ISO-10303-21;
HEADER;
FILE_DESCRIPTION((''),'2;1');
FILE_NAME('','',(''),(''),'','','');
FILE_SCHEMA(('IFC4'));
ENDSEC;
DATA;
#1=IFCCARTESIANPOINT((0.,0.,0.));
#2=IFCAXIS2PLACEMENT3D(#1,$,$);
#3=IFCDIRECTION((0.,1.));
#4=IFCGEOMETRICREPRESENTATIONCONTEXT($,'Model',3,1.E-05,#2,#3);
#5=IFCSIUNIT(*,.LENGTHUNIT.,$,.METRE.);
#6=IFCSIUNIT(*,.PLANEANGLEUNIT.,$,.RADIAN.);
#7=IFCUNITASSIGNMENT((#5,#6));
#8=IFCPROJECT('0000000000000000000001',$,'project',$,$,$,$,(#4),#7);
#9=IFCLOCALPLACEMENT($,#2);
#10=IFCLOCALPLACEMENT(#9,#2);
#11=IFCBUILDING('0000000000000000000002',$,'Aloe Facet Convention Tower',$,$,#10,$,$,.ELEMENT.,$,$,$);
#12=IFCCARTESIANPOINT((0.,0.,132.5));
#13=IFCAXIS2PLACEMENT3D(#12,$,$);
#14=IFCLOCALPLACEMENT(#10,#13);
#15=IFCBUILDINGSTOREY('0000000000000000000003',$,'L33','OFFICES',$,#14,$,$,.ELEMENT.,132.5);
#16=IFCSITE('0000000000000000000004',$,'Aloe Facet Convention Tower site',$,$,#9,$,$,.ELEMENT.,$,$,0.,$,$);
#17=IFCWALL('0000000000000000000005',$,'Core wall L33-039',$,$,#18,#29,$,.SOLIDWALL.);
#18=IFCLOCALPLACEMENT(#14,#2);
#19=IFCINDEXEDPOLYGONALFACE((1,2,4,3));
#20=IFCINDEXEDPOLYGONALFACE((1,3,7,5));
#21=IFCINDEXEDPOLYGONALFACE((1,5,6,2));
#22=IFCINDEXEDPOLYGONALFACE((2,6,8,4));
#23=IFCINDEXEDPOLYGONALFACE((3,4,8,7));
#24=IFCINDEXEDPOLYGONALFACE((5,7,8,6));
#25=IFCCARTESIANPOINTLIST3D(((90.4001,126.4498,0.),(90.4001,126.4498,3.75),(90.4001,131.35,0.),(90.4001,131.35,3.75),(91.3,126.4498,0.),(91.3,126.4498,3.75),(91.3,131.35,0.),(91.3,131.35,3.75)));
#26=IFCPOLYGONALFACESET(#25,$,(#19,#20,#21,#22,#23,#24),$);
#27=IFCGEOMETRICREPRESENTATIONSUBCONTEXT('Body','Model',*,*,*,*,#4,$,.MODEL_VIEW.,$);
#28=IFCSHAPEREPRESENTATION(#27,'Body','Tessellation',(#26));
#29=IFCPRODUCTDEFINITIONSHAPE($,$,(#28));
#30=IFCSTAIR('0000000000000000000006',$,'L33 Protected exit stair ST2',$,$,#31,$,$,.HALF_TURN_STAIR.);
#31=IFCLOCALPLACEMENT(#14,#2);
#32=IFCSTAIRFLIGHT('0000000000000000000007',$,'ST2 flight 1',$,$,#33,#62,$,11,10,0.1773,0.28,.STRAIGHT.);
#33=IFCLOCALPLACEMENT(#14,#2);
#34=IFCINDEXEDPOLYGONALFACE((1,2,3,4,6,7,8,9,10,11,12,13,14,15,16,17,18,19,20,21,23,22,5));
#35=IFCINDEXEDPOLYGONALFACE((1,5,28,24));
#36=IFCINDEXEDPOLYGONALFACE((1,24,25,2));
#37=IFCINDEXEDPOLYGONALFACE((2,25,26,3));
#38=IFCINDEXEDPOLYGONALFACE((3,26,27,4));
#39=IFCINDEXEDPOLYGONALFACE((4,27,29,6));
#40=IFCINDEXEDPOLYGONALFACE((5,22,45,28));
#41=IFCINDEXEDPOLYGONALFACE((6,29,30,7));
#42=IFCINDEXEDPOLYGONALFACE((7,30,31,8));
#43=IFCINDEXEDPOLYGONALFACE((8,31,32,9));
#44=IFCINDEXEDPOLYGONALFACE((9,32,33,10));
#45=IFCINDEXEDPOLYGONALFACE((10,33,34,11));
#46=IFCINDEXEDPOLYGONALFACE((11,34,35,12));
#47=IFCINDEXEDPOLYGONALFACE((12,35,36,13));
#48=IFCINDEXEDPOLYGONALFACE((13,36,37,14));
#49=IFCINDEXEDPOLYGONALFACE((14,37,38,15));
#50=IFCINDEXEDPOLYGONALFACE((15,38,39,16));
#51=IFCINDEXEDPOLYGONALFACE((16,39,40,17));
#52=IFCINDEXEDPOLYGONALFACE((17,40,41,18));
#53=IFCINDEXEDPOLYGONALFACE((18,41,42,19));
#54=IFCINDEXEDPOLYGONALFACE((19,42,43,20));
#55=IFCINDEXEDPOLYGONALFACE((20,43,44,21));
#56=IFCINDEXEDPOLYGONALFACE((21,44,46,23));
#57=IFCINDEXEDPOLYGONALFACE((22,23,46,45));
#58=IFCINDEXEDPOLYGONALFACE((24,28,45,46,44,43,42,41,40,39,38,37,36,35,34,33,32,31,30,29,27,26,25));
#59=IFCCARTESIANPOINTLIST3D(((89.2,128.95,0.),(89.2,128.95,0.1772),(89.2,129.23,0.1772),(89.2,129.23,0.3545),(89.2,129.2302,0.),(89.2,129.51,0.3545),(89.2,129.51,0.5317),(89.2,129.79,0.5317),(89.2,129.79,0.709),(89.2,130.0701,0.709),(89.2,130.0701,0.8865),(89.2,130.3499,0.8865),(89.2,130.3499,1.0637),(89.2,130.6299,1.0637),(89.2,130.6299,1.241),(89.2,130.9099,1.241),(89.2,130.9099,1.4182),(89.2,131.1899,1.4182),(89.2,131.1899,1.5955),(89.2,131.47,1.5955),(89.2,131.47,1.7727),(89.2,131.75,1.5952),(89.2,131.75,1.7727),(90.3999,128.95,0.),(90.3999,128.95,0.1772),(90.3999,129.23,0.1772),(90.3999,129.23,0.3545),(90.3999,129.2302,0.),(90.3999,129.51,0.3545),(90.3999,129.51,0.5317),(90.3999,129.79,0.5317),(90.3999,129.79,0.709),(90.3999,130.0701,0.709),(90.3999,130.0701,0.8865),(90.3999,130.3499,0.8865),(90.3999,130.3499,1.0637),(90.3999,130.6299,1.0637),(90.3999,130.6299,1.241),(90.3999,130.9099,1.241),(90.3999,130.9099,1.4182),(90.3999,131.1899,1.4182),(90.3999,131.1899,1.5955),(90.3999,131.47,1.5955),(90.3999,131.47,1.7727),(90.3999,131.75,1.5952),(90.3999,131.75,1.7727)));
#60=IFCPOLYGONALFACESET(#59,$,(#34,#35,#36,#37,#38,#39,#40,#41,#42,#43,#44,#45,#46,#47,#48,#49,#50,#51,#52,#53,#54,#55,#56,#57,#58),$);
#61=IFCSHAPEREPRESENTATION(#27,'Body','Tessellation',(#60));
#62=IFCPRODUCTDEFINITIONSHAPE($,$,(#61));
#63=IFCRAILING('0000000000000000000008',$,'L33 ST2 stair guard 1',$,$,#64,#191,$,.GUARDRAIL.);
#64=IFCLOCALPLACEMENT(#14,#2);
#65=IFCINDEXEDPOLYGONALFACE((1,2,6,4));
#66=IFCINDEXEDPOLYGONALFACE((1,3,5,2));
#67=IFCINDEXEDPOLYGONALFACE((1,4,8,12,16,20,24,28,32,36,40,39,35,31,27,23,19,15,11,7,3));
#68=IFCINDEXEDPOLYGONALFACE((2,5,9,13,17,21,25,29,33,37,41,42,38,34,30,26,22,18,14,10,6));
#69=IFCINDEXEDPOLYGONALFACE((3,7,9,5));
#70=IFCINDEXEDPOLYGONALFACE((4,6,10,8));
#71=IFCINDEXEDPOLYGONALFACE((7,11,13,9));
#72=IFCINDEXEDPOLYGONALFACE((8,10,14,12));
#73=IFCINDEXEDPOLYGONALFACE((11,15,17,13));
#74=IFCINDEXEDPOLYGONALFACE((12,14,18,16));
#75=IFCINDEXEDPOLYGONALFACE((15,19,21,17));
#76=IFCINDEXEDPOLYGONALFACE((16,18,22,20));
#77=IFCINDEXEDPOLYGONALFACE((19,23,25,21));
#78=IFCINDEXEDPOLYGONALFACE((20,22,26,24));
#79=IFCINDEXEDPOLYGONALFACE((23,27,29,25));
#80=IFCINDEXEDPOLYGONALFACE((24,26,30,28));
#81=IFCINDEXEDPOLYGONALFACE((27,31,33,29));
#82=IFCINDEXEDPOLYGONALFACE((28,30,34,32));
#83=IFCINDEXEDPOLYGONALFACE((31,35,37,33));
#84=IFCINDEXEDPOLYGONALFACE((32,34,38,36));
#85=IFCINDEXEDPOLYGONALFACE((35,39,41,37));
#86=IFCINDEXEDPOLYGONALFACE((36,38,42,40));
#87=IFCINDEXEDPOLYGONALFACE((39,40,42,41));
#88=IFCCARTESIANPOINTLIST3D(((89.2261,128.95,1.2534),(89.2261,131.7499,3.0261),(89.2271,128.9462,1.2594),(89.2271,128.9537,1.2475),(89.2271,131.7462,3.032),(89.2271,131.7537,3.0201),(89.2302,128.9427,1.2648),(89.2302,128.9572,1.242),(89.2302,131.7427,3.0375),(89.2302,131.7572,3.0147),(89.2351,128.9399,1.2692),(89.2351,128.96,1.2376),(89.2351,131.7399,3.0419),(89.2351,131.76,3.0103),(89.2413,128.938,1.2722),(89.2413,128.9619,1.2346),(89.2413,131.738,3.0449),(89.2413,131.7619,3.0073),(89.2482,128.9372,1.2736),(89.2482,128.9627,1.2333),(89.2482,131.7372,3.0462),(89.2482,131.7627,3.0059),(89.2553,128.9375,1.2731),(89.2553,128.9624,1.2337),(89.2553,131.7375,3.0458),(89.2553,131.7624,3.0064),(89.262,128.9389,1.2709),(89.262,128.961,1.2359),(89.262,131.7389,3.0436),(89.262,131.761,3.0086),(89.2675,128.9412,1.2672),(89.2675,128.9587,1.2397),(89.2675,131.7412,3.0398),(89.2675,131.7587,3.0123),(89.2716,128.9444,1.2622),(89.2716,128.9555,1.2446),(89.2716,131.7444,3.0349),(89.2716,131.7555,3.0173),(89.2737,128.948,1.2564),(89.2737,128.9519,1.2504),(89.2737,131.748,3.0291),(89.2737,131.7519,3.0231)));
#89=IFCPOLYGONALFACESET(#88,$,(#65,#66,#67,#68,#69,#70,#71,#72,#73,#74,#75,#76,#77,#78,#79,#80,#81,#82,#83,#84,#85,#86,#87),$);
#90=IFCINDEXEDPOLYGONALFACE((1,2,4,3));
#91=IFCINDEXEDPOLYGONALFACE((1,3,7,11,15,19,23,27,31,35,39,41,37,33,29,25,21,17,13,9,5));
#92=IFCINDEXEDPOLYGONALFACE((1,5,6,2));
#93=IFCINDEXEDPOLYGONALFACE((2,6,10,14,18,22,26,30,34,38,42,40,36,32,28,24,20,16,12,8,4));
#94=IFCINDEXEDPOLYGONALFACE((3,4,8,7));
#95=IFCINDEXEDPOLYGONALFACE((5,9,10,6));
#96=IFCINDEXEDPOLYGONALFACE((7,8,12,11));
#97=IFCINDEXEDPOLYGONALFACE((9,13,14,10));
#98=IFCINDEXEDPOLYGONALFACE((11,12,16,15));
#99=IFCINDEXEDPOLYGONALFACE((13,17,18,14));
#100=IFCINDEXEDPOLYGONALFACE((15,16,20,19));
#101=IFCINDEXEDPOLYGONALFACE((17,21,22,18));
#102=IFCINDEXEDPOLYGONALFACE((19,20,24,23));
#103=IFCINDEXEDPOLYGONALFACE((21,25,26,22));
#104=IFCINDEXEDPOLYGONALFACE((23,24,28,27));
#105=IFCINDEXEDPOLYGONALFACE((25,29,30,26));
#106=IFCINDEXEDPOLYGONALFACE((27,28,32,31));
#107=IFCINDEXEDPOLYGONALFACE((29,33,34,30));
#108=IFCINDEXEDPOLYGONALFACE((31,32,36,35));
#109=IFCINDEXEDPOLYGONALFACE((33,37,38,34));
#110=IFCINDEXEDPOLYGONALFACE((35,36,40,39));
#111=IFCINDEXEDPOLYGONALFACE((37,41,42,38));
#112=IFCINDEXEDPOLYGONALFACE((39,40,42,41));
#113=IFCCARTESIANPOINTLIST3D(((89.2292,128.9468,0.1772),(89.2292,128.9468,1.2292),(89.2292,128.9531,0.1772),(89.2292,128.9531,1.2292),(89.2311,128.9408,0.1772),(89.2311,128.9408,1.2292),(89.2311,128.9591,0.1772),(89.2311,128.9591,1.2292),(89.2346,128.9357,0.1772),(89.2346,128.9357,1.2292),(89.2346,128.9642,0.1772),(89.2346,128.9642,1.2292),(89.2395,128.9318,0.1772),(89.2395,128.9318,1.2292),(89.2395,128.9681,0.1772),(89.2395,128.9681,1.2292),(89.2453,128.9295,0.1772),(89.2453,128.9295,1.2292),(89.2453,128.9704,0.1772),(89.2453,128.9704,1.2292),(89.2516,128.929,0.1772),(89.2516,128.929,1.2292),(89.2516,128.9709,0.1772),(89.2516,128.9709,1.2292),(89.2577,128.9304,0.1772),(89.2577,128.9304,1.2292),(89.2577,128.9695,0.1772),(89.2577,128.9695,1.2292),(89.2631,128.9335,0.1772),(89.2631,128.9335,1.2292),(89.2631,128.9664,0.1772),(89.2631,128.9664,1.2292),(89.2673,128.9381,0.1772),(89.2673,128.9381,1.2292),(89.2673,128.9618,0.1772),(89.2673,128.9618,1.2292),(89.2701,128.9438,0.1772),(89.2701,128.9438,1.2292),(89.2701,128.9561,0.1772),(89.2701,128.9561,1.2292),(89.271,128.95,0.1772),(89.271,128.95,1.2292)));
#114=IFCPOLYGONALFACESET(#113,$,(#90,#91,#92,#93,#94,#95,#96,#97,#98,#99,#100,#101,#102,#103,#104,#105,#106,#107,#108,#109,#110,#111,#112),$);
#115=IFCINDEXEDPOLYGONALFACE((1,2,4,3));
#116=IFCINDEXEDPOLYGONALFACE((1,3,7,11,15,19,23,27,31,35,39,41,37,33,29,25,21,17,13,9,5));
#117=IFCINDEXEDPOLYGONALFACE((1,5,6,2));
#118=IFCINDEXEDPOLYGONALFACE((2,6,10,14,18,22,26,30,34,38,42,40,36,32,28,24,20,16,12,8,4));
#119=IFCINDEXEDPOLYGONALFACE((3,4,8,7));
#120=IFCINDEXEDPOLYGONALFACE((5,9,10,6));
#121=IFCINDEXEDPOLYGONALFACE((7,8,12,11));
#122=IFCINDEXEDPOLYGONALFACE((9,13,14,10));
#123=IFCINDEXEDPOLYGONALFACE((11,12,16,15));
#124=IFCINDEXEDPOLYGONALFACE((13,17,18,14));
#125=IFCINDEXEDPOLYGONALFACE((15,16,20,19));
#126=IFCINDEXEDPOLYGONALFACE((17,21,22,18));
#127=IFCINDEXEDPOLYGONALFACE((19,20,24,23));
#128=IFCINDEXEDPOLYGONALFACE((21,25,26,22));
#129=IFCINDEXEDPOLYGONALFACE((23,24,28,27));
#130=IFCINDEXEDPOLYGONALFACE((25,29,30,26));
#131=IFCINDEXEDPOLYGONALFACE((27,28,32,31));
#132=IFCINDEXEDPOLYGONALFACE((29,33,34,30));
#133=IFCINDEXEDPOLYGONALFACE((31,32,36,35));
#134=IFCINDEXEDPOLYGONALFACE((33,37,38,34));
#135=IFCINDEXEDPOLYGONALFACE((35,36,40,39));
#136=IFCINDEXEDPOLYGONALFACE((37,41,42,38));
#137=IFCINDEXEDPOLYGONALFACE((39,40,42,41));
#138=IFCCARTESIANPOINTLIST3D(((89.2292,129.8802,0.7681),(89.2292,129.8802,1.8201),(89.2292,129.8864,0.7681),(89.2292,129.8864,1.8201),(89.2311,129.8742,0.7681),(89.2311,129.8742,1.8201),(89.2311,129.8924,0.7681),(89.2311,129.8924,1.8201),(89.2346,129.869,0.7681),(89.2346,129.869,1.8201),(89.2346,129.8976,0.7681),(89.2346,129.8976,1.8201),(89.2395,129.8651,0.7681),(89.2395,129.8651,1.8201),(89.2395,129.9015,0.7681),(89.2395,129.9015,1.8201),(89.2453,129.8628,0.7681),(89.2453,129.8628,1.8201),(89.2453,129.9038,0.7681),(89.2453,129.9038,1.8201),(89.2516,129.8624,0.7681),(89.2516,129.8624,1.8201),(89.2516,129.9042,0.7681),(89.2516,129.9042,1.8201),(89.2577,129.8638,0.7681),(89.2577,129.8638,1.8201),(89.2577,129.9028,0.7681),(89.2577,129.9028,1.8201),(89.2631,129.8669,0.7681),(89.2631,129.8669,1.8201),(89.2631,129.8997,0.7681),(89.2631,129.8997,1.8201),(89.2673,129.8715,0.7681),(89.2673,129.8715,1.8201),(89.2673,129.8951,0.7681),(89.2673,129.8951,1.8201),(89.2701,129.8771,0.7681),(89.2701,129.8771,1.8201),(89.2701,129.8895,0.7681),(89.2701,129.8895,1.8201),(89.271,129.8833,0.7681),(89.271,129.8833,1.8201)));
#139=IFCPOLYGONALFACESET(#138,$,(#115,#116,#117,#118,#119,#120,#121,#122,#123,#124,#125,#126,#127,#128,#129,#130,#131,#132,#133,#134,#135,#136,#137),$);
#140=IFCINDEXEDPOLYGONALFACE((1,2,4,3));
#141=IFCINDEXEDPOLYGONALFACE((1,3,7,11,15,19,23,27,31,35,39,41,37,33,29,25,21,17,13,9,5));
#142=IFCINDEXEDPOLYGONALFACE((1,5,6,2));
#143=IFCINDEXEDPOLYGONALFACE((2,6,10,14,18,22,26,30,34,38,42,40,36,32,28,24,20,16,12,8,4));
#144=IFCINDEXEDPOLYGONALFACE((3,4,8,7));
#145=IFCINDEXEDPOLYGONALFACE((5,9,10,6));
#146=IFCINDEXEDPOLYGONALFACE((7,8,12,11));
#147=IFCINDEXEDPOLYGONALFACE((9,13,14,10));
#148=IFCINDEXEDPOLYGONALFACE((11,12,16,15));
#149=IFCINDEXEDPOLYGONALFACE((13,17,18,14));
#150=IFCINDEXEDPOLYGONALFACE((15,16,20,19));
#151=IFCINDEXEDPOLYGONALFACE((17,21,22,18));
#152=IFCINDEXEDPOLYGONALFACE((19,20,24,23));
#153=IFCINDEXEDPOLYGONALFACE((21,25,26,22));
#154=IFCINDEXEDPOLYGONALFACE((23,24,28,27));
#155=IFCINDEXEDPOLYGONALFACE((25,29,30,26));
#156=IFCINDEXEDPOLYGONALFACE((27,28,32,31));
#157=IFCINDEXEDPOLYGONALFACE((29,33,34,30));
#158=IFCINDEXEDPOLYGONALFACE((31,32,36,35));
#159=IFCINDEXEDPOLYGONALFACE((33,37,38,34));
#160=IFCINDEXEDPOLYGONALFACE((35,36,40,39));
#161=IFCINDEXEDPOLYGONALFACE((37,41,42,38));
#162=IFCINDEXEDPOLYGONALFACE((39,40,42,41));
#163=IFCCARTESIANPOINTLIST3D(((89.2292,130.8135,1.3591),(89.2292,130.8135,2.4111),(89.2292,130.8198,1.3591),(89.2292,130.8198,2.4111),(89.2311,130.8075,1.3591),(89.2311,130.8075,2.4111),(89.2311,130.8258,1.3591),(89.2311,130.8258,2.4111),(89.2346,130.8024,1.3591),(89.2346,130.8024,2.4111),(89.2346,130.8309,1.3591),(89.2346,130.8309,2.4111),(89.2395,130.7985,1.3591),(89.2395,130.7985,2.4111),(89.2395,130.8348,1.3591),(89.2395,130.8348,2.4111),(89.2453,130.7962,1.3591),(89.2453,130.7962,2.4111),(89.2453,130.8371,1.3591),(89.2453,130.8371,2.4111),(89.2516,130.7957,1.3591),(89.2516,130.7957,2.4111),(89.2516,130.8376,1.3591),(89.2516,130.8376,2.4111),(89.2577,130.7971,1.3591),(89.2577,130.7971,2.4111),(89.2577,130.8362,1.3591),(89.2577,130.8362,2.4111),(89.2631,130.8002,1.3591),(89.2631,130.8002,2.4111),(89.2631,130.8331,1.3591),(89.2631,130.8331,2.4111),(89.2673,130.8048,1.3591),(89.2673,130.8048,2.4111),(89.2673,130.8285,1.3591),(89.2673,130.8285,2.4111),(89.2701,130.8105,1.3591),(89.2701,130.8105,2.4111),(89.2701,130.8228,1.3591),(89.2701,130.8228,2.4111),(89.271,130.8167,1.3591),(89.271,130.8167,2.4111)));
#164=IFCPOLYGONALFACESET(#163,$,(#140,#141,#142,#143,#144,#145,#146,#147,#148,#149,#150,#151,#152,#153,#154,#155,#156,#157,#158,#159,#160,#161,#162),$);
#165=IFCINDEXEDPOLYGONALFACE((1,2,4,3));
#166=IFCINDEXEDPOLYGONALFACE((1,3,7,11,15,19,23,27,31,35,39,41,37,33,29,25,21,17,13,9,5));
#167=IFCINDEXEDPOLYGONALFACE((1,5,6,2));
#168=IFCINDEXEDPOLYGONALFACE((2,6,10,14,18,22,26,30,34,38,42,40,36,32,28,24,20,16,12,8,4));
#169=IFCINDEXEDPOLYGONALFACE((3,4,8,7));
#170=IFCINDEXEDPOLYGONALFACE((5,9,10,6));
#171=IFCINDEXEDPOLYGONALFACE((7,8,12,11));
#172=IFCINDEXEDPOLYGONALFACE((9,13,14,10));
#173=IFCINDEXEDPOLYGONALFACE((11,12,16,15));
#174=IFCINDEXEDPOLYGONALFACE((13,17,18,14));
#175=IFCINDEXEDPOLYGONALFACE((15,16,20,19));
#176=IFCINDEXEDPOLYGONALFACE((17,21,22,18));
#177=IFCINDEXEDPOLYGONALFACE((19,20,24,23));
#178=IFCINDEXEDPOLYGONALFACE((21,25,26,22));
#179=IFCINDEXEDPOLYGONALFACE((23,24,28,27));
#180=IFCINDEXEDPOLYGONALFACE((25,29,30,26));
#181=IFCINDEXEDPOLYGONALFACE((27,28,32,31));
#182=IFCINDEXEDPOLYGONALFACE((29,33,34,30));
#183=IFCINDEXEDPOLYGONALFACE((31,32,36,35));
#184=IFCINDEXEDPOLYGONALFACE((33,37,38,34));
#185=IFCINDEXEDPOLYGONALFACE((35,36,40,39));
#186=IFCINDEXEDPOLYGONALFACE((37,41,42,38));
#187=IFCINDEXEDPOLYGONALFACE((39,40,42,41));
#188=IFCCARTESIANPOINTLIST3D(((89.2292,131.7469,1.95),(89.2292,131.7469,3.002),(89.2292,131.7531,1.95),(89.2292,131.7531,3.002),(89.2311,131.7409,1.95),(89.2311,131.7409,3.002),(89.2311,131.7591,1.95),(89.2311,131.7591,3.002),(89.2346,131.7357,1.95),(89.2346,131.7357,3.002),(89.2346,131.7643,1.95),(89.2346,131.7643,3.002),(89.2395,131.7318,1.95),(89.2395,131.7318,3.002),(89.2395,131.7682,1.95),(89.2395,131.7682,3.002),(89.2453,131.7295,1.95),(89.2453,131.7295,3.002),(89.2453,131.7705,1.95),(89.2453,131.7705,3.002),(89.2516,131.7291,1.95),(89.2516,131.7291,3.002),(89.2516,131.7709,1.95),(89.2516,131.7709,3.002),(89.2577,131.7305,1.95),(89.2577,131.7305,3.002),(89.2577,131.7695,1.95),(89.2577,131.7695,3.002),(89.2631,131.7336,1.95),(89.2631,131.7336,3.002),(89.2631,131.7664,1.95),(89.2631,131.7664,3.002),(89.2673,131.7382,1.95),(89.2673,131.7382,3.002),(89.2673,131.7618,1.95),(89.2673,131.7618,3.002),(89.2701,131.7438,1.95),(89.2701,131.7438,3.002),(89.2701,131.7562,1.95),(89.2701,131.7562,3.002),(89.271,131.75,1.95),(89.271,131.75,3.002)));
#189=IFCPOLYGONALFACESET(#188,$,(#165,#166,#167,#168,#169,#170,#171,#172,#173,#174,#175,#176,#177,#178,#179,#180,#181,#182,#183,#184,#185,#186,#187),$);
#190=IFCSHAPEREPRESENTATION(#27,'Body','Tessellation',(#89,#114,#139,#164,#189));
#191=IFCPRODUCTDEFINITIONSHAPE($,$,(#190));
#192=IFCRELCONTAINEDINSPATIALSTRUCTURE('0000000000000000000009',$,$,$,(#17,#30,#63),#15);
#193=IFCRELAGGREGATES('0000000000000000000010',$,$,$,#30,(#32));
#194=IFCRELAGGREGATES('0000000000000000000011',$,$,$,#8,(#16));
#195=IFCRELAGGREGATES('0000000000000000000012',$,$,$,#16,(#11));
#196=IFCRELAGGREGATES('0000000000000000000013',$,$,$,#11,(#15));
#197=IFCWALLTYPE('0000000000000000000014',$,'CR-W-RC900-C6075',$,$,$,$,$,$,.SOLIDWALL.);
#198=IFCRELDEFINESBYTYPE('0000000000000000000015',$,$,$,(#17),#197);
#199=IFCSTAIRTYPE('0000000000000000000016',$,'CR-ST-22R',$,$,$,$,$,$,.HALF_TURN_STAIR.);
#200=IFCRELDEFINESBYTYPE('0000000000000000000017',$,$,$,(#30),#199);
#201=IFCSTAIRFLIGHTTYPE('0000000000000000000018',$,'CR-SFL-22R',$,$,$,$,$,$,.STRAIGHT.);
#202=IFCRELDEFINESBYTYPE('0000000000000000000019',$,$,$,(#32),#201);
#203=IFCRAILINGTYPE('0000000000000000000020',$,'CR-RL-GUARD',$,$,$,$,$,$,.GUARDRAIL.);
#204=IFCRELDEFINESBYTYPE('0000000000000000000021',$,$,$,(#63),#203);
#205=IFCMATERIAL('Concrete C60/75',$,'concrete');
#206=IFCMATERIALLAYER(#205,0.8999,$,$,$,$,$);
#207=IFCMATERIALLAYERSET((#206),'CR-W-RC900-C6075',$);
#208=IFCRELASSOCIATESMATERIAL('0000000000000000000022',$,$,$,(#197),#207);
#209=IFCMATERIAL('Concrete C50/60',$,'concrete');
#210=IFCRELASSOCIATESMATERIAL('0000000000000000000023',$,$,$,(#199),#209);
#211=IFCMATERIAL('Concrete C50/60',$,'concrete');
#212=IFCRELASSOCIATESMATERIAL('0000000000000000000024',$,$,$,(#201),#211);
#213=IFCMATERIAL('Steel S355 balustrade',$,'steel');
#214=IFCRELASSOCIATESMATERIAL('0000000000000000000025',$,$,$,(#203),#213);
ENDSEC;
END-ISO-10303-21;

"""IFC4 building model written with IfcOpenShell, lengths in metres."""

from ifc_helpers import new_model, si_unit, direction, frame, frame_2d, origin, origin_2d, place, context, subcontext, project, spatial, polyline, rectangle, circle, outline, extrude, material, layer, layer_set, type_object, element, aggregate, save


model = new_model("IFC4")

# Units and contexts
model_context = context("Model", 3, precision=1e-05, world=origin(), true_north=direction((0.0, 1.0)))
body_context = subcontext(model_context, "Body", "Model", "MODEL_VIEW")
ifc_project = project(units=[si_unit("LENGTHUNIT", "METRE"), si_unit("PLANEANGLEUNIT", "RADIAN")], contexts=[model_context])

# Site, building, storey
site_placement = place(None, origin())
site = spatial("IfcSite", under=ifc_project, at=site_placement, Name="Aloe Facet Convention Tower site", CompositionType="ELEMENT", RefElevation=0.0)
building_placement = place(site_placement, origin())
building = spatial("IfcBuilding", under=site, at=building_placement, Name="Aloe Facet Convention Tower", CompositionType="ELEMENT")
storey_placement = place(building_placement, frame((0.0, 0.0, 132.5)))
storey = spatial("IfcBuildingStorey", under=building, at=storey_placement, Name="L33", Description="OFFICES", CompositionType="ELEMENT", Elevation=132.5)

# Wall
ifc_material_1 = material(Name="Concrete C60/75", Category="concrete")
ifc_layer_1 = layer(ifc_material_1, 0.8999)
ifc_layer_set_1 = layer_set([ifc_layer_1], Name="CR-W-RC900-C6075")
wall_type_1 = type_object("IfcWallType", Name="CR-W-RC900-C6075", PredefinedType="SOLIDWALL", material=ifc_layer_set_1)
wall_1_placement = place(storey_placement, frame((90.8501, 131.3501, 0.0), z_axis=(0.0, 0.0, 1.0), x_axis=(0.0, -1.0, 0.0)))
element("IfcWall", 1, at=wall_1_placement, inside=storey, type_object=wall_type_1, Name="Core wall L33-039", PredefinedType="SOLIDWALL", context=body_context, shape_type="SweptSolid", body=[
    extrude(rectangle(XDim=4.9001, YDim=0.8999, at=frame_2d((2.4502, 0.0))), origin(), (0.0, 0.0, 1.0), 3.75),
])

# Stair, stair flight
ifc_material_2 = material(Name="Concrete C50/60", Category="concrete")
stair_type = type_object("IfcStairType", Name="CR-ST-22R", PredefinedType="HALF_TURN_STAIR", material=ifc_material_2)
stair_placement = place(storey_placement, origin())
stair = element("IfcStair", 2, at=stair_placement, inside=storey, type_object=stair_type, Name="L33 Protected exit stair ST2", PredefinedType="HALF_TURN_STAIR")
ifc_material_3 = material(Name="Concrete C50/60", Category="concrete")
stair_flight_type = type_object("IfcStairFlightType", Name="CR-SFL-22R", PredefinedType="STRAIGHT", material=ifc_material_3)
stair_flight_placement = place(storey_placement, frame((89.8, 128.95, 0.0), z_axis=(0.0, 0.0, 1.0), x_axis=(0.0, 1.0, 0.0)))
stair_flight = element("IfcStairFlight", 3, at=stair_flight_placement, type_object=stair_flight_type, Name="ST2 flight 1", NumberOfRisers=11, NumberOfTreads=10, PredefinedType="STRAIGHT", RiserHeight=0.1773, TreadLength=0.28, context=body_context, shape_type="SweptSolid", body=[
    extrude(outline(polyline([(0.0, 0.0), (0.0, 0.1772), (0.28, 0.1772), (0.28, 0.3545), (0.5601, 0.3545), (0.5601, 0.5317), (0.8401, 0.5317), (0.8401, 0.709), (1.1201, 0.709), (1.1201, 0.8865), (1.3999, 0.8865), (1.3999, 1.0637), (1.6799, 1.0637), (1.6799, 1.241), (1.96, 1.241), (1.96, 1.4182), (2.24, 1.4182), (2.24, 1.5955), (2.52, 1.5955), (2.52, 1.7727), (2.8, 1.7727), (2.8, 1.95), (2.8, 1.5952), (0.2803, 0.0), (0.0, 0.0)])), frame((0.0, 0.6001, 0.0), z_axis=(0.0, -1.0, 0.0), x_axis=(1.0, 0.0, 0.0)), (0.0, 0.0, 1.0), 1.2),
])
aggregate(stair, [stair_flight])

# Railing
ifc_material_4 = material(Name="Steel S355 balustrade", Category="steel")
railing_type_1 = type_object("IfcRailingType", Name="CR-RL-GUARD", PredefinedType="GUARDRAIL", material=ifc_material_4)
railing_1_placement = place(storey_placement, frame((89.25, 128.95, 0.1772)))
element("IfcRailing", 4, at=railing_1_placement, inside=storey, type_object=railing_type_1, Name="L33 ST2 stair guard 1", PredefinedType="GUARDRAIL", context=body_context, shape_type="SweptSolid", body=[
    extrude(circle(Radius=0.0239, at=origin_2d()), frame((0.0, 0.0, 1.0762), z_axis=(0.0, 0.844909, 0.53491), x_axis=(-1.0, 0.0, 0.0)), (0.0, 0.0, 1.0), 3.314),
    extrude(circle(Radius=0.021, at=origin_2d()), origin(), (0.0, 0.0, 1.0), 1.052),
    extrude(circle(Radius=0.021, at=origin_2d()), frame((0.0, 0.9333, 0.5908)), (0.0, 0.0, 1.0), 1.052),
    extrude(circle(Radius=0.021, at=origin_2d()), frame((0.0, 1.8667, 1.1819)), (0.0, 0.0, 1.0), 1.052),
    extrude(circle(Radius=0.021, at=origin_2d()), frame((0.0, 2.8, 1.7727)), (0.0, 0.0, 1.0), 1.052),
])

save(model, "model.ifc")
